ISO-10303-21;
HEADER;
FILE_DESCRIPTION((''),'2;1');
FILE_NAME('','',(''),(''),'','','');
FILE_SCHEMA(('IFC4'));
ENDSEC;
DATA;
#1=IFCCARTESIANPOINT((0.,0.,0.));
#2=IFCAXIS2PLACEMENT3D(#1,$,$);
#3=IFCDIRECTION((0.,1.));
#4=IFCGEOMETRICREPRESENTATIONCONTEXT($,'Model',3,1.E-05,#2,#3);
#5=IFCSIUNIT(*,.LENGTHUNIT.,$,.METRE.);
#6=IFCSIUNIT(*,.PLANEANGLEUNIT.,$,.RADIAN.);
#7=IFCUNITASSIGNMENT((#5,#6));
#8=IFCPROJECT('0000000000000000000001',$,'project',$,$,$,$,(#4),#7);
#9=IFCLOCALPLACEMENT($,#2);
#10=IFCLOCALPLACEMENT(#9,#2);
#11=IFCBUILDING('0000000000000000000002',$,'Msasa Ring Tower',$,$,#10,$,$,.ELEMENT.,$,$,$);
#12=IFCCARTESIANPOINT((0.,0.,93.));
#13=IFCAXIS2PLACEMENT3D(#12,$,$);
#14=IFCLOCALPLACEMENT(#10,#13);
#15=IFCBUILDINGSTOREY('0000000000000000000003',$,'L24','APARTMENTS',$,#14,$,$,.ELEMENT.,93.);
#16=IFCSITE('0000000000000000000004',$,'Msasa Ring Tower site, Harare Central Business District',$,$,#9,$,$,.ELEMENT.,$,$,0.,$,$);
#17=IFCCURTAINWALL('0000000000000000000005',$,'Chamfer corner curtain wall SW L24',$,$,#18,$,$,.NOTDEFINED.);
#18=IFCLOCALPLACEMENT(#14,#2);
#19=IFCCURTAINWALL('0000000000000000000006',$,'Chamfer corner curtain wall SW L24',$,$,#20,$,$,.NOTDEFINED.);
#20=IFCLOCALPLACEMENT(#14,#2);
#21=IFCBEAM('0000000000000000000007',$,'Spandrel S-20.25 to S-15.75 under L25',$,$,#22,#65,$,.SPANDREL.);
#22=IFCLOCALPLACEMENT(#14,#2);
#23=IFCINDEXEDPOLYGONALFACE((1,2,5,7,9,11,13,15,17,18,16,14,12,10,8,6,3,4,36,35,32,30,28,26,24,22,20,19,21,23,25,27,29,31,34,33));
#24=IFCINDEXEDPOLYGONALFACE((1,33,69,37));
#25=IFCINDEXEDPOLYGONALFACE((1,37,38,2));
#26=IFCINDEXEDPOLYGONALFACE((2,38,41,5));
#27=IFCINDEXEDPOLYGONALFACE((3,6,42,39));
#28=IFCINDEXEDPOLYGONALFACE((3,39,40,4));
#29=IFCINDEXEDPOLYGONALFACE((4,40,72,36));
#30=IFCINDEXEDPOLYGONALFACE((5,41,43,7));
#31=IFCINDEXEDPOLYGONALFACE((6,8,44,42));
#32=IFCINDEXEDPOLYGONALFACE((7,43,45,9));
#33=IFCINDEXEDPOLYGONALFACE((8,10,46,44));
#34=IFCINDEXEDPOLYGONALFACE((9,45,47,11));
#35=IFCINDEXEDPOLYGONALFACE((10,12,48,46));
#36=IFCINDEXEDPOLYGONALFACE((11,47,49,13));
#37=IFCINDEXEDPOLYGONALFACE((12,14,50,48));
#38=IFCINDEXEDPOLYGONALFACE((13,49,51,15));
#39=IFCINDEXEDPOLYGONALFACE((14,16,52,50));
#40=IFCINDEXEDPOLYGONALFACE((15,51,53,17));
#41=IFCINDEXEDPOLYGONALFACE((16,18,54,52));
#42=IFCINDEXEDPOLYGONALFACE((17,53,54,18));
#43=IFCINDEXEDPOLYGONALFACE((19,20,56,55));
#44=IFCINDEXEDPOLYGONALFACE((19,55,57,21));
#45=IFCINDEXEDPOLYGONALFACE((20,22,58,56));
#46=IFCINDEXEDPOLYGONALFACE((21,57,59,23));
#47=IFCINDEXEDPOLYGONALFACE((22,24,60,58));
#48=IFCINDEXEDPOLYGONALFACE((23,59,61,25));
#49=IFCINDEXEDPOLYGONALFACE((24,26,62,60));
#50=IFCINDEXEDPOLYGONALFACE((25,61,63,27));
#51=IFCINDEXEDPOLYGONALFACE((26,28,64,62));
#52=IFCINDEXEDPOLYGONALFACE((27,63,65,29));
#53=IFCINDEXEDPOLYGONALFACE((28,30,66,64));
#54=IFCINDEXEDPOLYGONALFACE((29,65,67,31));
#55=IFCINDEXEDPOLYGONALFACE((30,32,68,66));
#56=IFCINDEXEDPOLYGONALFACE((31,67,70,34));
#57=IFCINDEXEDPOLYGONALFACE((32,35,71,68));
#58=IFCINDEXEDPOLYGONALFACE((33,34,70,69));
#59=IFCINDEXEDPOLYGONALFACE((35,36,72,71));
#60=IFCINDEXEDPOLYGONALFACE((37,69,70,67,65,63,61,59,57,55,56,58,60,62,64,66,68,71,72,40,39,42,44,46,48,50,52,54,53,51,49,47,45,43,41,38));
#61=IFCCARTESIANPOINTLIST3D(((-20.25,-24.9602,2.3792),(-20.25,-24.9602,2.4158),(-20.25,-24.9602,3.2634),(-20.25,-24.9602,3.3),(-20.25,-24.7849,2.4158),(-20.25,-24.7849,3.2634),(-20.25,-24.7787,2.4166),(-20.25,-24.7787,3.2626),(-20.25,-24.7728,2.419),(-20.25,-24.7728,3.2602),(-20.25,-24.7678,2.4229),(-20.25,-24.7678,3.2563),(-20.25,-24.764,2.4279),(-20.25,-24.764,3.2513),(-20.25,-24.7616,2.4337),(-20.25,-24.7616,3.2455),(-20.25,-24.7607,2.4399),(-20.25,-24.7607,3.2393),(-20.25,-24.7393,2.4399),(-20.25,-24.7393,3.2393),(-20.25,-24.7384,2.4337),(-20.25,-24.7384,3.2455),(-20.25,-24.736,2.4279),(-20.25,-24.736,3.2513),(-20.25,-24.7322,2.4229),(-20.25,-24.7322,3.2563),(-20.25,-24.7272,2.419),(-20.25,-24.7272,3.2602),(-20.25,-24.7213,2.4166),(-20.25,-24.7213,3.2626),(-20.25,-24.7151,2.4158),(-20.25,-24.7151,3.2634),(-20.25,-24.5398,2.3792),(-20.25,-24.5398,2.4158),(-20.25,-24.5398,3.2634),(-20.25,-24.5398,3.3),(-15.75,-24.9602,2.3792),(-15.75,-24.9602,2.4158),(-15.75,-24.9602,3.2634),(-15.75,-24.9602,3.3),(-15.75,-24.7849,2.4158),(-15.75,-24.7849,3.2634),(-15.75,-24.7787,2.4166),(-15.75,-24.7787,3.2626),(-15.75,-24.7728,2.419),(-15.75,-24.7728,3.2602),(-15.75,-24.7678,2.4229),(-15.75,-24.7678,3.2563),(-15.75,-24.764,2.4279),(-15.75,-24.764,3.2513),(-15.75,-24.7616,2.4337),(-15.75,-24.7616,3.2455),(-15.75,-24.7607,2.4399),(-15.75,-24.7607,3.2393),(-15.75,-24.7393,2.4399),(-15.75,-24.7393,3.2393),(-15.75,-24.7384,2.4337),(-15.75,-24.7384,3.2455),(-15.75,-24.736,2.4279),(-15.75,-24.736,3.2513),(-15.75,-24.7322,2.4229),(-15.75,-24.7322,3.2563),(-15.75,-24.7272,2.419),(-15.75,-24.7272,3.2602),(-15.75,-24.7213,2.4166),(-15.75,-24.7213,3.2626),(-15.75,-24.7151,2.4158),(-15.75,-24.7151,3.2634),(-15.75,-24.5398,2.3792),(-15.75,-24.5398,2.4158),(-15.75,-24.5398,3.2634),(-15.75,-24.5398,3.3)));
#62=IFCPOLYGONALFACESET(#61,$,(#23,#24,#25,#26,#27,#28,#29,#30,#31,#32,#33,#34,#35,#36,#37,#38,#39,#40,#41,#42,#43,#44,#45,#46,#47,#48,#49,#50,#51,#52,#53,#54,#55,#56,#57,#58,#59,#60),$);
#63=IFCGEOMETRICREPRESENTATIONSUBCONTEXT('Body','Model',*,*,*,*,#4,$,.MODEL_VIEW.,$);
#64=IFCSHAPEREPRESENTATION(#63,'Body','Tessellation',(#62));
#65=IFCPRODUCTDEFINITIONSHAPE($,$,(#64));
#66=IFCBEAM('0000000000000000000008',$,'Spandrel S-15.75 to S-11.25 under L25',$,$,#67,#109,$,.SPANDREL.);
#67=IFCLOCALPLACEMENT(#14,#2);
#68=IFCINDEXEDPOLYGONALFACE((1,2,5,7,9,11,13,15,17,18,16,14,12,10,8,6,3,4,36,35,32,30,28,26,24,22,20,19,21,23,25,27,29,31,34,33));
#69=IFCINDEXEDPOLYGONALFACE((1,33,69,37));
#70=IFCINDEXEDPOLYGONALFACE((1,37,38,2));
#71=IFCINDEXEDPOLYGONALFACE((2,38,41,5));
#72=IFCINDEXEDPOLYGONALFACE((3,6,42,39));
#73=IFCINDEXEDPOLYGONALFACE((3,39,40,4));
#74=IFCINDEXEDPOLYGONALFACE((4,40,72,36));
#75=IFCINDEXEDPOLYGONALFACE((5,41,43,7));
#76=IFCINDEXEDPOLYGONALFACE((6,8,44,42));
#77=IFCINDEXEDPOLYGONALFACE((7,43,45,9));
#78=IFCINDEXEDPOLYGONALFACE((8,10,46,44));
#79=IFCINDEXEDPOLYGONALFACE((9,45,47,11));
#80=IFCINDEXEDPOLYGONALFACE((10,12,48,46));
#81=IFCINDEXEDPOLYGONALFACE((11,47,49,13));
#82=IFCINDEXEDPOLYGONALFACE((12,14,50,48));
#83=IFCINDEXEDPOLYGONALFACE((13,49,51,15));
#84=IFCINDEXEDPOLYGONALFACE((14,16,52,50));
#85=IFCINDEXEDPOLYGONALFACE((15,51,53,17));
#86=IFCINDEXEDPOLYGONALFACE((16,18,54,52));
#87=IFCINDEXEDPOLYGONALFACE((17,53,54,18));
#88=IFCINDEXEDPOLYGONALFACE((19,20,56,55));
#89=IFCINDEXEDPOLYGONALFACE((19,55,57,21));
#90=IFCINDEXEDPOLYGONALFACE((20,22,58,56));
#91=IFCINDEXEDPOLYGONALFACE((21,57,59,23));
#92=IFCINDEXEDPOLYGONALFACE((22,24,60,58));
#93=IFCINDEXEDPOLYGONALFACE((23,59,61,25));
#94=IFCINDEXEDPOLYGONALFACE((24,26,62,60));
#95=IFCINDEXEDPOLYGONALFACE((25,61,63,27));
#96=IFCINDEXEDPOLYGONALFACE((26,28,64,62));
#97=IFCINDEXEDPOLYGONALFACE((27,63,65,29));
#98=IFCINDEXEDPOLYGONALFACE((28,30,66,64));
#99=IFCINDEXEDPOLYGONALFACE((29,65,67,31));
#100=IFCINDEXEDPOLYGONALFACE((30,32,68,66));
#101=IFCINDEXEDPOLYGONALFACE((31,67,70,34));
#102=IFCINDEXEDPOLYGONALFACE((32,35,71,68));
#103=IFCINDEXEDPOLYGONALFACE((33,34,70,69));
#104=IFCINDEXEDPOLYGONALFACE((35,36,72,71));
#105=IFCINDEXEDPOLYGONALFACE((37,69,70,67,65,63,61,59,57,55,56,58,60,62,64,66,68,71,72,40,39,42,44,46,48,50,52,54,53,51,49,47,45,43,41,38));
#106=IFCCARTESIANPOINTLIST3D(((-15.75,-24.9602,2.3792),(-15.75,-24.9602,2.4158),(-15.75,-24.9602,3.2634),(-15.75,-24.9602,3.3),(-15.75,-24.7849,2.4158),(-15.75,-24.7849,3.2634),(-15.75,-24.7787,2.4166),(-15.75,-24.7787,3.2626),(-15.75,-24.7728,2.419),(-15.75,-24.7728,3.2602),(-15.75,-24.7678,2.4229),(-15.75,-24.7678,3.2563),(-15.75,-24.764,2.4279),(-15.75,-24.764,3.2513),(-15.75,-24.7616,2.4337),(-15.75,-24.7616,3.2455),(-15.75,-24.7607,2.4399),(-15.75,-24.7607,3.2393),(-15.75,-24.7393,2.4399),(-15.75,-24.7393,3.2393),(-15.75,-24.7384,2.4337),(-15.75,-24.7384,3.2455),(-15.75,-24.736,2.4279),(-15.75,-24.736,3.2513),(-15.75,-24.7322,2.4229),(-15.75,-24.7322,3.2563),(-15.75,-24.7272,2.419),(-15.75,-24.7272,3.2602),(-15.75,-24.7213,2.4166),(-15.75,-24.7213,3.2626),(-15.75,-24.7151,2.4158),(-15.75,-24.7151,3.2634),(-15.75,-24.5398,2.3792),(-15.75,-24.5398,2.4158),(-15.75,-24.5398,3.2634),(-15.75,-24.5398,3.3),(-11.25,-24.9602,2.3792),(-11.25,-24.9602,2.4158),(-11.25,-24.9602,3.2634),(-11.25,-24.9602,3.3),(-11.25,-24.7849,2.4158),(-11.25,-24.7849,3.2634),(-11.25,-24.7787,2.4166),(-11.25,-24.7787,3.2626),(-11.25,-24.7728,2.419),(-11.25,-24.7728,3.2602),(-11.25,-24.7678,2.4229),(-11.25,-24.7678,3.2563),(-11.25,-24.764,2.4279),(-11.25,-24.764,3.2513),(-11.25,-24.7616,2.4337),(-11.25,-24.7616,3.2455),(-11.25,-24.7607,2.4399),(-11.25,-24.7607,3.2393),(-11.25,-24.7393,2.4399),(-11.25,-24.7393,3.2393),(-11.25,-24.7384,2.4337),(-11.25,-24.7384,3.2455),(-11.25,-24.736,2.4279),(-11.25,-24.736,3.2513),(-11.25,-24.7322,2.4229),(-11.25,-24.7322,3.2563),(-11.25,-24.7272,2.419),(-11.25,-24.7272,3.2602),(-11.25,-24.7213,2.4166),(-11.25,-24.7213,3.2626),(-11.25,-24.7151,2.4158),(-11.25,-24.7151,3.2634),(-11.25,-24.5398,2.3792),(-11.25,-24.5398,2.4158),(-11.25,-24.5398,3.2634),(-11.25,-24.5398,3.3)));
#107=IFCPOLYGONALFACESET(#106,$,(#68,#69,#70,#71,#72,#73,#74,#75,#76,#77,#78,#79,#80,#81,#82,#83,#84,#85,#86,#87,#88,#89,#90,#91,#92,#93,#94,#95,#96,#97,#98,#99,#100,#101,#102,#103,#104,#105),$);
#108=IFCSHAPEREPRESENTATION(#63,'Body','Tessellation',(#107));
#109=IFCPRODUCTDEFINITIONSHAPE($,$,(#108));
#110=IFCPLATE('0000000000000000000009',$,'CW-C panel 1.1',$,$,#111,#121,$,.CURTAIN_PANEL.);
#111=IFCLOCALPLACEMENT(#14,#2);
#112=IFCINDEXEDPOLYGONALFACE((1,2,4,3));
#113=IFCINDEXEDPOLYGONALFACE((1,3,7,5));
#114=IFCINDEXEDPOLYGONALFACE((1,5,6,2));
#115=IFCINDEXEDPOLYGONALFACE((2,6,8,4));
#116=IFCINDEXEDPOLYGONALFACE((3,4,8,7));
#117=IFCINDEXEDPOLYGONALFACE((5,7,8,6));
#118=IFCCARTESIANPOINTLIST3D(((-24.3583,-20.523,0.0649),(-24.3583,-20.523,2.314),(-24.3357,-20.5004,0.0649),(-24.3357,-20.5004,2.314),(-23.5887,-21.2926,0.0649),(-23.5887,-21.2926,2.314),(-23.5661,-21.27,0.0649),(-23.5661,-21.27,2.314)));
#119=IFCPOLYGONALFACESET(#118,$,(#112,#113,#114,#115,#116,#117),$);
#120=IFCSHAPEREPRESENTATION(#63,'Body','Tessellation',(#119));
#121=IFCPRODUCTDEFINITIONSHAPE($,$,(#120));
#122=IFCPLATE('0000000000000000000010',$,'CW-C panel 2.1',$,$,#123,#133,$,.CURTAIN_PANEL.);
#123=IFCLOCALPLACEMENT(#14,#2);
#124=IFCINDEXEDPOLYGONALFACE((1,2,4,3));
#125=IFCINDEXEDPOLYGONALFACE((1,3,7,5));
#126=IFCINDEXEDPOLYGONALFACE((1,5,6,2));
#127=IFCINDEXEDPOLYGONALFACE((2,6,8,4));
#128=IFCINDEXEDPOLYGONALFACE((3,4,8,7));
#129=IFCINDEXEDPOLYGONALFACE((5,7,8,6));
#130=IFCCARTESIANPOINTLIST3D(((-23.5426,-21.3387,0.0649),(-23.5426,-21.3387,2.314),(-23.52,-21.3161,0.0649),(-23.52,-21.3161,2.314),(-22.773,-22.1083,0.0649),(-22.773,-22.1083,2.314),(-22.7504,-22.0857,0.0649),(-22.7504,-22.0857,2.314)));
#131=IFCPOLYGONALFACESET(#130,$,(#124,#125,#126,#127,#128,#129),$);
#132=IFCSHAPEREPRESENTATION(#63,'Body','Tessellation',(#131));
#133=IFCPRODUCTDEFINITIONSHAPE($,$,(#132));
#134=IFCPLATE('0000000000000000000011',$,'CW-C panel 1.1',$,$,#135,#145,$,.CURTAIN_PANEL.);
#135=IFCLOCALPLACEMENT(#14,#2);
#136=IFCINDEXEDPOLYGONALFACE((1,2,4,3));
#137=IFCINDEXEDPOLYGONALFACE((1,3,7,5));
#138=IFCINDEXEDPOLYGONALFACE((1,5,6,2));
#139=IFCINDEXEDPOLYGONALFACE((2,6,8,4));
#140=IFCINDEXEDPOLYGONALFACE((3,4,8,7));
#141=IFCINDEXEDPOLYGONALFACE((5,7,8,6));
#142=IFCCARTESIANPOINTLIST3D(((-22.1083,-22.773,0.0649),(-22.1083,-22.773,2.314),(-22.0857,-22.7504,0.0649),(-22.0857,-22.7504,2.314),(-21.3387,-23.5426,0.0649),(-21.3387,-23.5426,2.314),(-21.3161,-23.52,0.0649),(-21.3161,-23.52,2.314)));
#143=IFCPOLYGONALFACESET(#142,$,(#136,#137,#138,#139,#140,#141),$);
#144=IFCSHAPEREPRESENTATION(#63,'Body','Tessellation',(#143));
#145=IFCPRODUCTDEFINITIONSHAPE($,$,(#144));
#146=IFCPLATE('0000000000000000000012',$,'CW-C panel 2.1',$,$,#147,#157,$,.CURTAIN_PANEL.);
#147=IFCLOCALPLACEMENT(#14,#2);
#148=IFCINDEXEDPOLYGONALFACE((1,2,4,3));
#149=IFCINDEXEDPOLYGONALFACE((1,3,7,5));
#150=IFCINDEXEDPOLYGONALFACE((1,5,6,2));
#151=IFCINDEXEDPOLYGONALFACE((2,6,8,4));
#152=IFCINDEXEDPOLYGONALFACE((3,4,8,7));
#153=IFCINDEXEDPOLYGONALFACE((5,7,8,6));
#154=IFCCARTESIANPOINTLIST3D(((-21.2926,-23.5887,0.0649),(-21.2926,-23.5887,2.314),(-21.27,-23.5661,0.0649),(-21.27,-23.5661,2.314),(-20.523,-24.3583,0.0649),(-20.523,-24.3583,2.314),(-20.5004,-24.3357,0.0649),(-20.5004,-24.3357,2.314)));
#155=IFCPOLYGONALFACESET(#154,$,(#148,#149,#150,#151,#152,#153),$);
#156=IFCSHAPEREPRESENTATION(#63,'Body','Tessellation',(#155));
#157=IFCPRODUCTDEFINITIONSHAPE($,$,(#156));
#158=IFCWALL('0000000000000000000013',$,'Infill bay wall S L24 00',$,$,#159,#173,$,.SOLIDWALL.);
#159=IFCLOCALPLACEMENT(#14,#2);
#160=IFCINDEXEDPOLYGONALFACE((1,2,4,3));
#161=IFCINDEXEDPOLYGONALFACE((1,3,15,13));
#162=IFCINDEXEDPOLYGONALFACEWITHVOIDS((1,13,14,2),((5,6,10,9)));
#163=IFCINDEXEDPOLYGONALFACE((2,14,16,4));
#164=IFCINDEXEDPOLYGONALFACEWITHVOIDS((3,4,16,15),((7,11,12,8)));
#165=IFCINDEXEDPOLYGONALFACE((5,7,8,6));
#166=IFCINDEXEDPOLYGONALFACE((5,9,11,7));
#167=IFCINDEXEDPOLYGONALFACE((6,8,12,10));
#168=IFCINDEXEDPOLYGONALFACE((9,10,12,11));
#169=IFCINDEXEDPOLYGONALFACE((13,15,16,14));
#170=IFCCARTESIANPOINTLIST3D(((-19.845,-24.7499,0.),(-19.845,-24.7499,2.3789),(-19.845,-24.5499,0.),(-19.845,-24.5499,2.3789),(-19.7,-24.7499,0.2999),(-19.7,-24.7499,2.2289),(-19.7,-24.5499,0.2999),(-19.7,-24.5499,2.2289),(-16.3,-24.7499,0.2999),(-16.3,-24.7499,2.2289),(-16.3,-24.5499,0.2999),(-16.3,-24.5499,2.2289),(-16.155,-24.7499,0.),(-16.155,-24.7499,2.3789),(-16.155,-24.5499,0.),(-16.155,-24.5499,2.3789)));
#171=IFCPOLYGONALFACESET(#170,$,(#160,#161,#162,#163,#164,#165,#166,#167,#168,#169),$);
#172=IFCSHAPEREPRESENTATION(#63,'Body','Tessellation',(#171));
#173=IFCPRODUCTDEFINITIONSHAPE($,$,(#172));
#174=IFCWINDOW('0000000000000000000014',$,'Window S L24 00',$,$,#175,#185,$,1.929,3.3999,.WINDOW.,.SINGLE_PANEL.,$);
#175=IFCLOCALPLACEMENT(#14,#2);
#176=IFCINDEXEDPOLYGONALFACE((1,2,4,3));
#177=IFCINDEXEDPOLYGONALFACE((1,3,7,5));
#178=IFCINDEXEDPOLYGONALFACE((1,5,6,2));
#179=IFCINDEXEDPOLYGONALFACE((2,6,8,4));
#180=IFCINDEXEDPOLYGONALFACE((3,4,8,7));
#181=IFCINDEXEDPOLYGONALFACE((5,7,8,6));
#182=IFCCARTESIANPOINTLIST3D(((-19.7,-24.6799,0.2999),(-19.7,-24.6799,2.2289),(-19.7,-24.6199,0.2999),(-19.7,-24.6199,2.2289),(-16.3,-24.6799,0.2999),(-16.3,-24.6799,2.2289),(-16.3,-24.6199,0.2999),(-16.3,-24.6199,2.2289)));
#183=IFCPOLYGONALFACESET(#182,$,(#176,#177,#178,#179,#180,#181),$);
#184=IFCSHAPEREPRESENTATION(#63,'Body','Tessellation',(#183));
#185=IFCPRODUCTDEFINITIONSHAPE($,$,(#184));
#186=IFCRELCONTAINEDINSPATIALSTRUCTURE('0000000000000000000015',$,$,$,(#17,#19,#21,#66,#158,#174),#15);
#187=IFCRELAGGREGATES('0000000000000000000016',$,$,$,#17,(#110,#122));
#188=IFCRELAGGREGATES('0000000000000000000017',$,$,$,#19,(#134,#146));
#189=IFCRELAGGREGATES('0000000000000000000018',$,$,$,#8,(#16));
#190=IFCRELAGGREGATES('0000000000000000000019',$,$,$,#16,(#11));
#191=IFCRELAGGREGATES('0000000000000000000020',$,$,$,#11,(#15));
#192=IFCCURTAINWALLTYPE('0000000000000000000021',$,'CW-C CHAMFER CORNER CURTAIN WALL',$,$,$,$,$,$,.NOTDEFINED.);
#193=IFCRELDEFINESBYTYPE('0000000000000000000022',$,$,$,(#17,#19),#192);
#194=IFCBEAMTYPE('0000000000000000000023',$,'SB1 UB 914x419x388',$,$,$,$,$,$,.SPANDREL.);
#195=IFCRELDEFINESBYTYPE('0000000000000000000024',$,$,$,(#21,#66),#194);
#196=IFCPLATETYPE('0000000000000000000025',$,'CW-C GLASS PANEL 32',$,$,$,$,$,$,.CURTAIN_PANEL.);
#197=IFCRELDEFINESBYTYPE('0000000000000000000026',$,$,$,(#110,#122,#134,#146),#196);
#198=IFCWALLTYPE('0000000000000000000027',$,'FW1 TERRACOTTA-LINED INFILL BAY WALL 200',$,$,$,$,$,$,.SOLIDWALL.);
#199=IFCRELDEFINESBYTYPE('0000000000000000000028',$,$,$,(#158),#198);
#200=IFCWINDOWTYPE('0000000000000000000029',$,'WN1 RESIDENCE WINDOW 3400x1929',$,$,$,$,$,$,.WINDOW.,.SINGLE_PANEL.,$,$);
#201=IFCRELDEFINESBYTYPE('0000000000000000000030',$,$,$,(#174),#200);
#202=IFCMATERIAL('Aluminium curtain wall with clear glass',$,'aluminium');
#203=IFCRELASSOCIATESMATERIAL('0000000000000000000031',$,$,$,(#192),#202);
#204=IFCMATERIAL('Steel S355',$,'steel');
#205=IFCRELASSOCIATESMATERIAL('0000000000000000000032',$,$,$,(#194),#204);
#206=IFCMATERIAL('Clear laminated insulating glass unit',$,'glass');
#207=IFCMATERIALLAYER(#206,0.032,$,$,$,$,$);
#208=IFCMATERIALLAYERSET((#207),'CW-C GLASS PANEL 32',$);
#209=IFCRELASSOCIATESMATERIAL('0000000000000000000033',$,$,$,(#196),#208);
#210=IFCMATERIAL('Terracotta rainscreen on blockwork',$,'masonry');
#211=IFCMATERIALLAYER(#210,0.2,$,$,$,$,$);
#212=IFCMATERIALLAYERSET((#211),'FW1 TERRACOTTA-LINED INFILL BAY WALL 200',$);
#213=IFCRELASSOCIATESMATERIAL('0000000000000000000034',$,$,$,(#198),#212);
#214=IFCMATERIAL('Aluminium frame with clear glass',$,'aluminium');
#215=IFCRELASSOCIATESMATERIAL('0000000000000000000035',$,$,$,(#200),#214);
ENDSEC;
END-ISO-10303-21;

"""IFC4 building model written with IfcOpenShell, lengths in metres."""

from ifc_helpers import new_model, si_unit, direction, frame, frame_2d, origin, origin_2d, place, context, subcontext, project, spatial, rectangle, i_section, extrude, material, layer, layer_set, material_profile, profile_set, type_object, element, fill, aggregate, save


model = new_model("IFC4")

# Units and contexts
model_context = context("Model", 3, precision=1e-05, world=origin(), true_north=direction((0.0, 1.0)))
body_context = subcontext(model_context, "Body", "Model", "MODEL_VIEW")
ifc_project = project(units=[si_unit("LENGTHUNIT", "METRE"), si_unit("PLANEANGLEUNIT", "RADIAN")], contexts=[model_context])

# Site, building, storey
site_placement = place(None, origin())
site = spatial("IfcSite", under=ifc_project, at=site_placement, Name="Msasa Ring Tower site, Harare Central Business District", CompositionType="ELEMENT", RefElevation=0.0)
building_placement = place(site_placement, origin())
building = spatial("IfcBuilding", under=site, at=building_placement, Name="Msasa Ring Tower", CompositionType="ELEMENT")
storey_placement = place(building_placement, frame((0.0, 0.0, 93.0)))
storey = spatial("IfcBuildingStorey", under=building, at=storey_placement, Name="L24", Description="APARTMENTS", CompositionType="ELEMENT", Elevation=93.0)

# Curtain walls
ifc_material_1 = material(Name="Aluminium curtain wall with clear glass", Category="aluminium")
curtain_wall_type = type_object("IfcCurtainWallType", Name="CW-C CHAMFER CORNER CURTAIN WALL", PredefinedType="NOTDEFINED", material=ifc_material_1)
curtain_wall_1_placement = place(storey_placement, origin())
curtain_wall_1 = element("IfcCurtainWall", 1, at=curtain_wall_1_placement, inside=storey, type_object=curtain_wall_type, Name="Chamfer corner curtain wall SW L24", PredefinedType="NOTDEFINED")
curtain_wall_2_placement = place(storey_placement, origin())
curtain_wall_2 = element("IfcCurtainWall", 2, at=curtain_wall_2_placement, inside=storey, type_object=curtain_wall_type, Name="Chamfer corner curtain wall SW L24", PredefinedType="NOTDEFINED")

# Beams
ifc_material_2 = material(Name="Steel S355", Category="steel")
ifc_material_profile_1 = material_profile(ifc_material_2, i_section(OverallWidth=0.4204, OverallDepth=0.9209, WebThickness=0.0215, FlangeThickness=0.0366, FilletRadius=0.0242, at=origin_2d()), Name="UB 914x419x388")
ifc_profile_set_1 = profile_set([ifc_material_profile_1], Name="Steel S355")
beam_type_1 = type_object("IfcBeamType", Name="SB1 UB 914x419x388", PredefinedType="SPANDREL", material=ifc_profile_set_1)
for number, where, z_axis, x_axis, name in (
    (3, (-20.25, -24.75, 2.8396), (1.0, 0.0, 0.0), (0.0, 1.0, 0.0), "Spandrel S-20.25 to S-15.75 under L25"),
    (4, (-15.75, -24.75, 2.8396), (1.0, 0.0, 0.0), (0.0, 1.0, 0.0), "Spandrel S-15.75 to S-11.25 under L25"),
):
    element("IfcBeam", number, at=place(storey_placement, frame(where, z_axis=z_axis, x_axis=x_axis)), inside=storey, type_object=beam_type_1, Name=name, PredefinedType="SPANDREL", context=body_context, shape_type="SweptSolid", body=[
        extrude(i_section(OverallWidth=0.4204, OverallDepth=0.9209, WebThickness=0.0215, FlangeThickness=0.0366, FilletRadius=0.0242, at=origin_2d()), origin(), (0.0, 0.0, 1.0), 4.5),
    ])

# Plates
ifc_material_3 = material(Name="Clear laminated insulating glass unit", Category="glass")
ifc_layer_1 = layer(ifc_material_3, 0.032)
ifc_layer_set_1 = layer_set([ifc_layer_1], Name="CW-C GLASS PANEL 32")
plate_type = type_object("IfcPlateType", Name="CW-C GLASS PANEL 32", PredefinedType="CURTAIN_PANEL", material=ifc_layer_set_1)
plate_1_placement = place(storey_placement, frame((-23.9622, -20.8965, 0.0649), z_axis=(0.0, 0.0, 1.0), x_axis=(0.707107, -0.707107, 0.0)))
plate_1 = element("IfcPlate", 5, at=plate_1_placement, type_object=plate_type, Name="CW-C panel 1.1", PredefinedType="CURTAIN_PANEL", context=body_context, shape_type="SweptSolid", body=[
    extrude(rectangle(XDim=1.0884, YDim=0.032, at=origin_2d()), origin(), (0.0, 0.0, 1.0), 2.249),
])
plate_2_placement = place(storey_placement, frame((-23.1465, -21.7122, 0.0649), z_axis=(0.0, 0.0, 1.0), x_axis=(0.707107, -0.707107, 0.0)))
plate_2 = element("IfcPlate", 6, at=plate_2_placement, type_object=plate_type, Name="CW-C panel 2.1", PredefinedType="CURTAIN_PANEL", context=body_context, shape_type="SweptSolid", body=[
    extrude(rectangle(XDim=1.0884, YDim=0.032, at=origin_2d()), origin(), (0.0, 0.0, 1.0), 2.249),
])
aggregate(curtain_wall_1, [plate_1, plate_2])
plate_3_placement = place(storey_placement, frame((-21.7122, -23.1465, 0.0649), z_axis=(0.0, 0.0, 1.0), x_axis=(0.707107, -0.707107, 0.0)))
plate_3 = element("IfcPlate", 7, at=plate_3_placement, type_object=plate_type, Name="CW-C panel 1.1", PredefinedType="CURTAIN_PANEL", context=body_context, shape_type="SweptSolid", body=[
    extrude(rectangle(XDim=1.0884, YDim=0.032, at=origin_2d()), origin(), (0.0, 0.0, 1.0), 2.249),
])
plate_4_placement = place(storey_placement, frame((-20.8965, -23.9622, 0.0649), z_axis=(0.0, 0.0, 1.0), x_axis=(0.707107, -0.707107, 0.0)))
plate_4 = element("IfcPlate", 8, at=plate_4_placement, type_object=plate_type, Name="CW-C panel 2.1", PredefinedType="CURTAIN_PANEL", context=body_context, shape_type="SweptSolid", body=[
    extrude(rectangle(XDim=1.0884, YDim=0.032, at=origin_2d()), origin(), (0.0, 0.0, 1.0), 2.249),
])
aggregate(curtain_wall_2, [plate_3, plate_4])

# Wall, opening, window
ifc_material_4 = material(Name="Terracotta rainscreen on blockwork", Category="masonry")
ifc_layer_2 = layer(ifc_material_4, 0.2)
ifc_layer_set_2 = layer_set([ifc_layer_2], Name="FW1 TERRACOTTA-LINED INFILL BAY WALL 200")
wall_type_1 = type_object("IfcWallType", Name="FW1 TERRACOTTA-LINED INFILL BAY WALL 200", PredefinedType="SOLIDWALL", material=ifc_layer_set_2)
wall_1_placement = place(storey_placement, frame((-19.845, -24.6499, 0.0), z_axis=(0.0, 0.0, 1.0), x_axis=(1.0, 0.0, 0.0)))
wall_1 = element("IfcWall", 9, at=wall_1_placement, inside=storey, type_object=wall_type_1, Name="Infill bay wall S L24 00", PredefinedType="SOLIDWALL", context=body_context, shape_type="SweptSolid", body=[
    extrude(rectangle(XDim=3.6899, YDim=0.2, at=frame_2d((1.845, 0.0))), origin(), (0.0, 0.0, 1.0), 2.3789),
])
opening_1_placement = place(wall_1_placement, frame((0.145, 0.0, 0.3)))
opening_1 = element("IfcOpeningElement", 10, at=opening_1_placement, cuts=wall_1, PredefinedType="OPENING", context=body_context, shape_type="SweptSolid", body=[
    extrude(rectangle(XDim=3.3999, YDim=1.929, at=frame_2d((1.7, 0.9644))), frame((0.0, 0.1099, 0.0), z_axis=(0.0, -1.0, 0.0), x_axis=(1.0, 0.0, 0.0)), (0.0, 0.0, 1.0), 0.22),
])
ifc_material_5 = material(Name="Aluminium frame with clear glass", Category="aluminium")
window_type = type_object("IfcWindowType", Name="WN1 RESIDENCE WINDOW 3400x1929", PartitioningType="SINGLE_PANEL", PredefinedType="WINDOW", material=ifc_material_5)
window_1_placement = place(opening_1_placement, origin())
window_1 = element("IfcWindow", 11, at=window_1_placement, inside=storey, type_object=window_type, Name="Window S L24 00", OverallHeight=1.929, OverallWidth=3.3999, PartitioningType="SINGLE_PANEL", PredefinedType="WINDOW", context=body_context, shape_type="SweptSolid", body=[
    extrude(rectangle(XDim=3.3999, YDim=1.929, at=frame_2d((1.7, 0.9644))), frame((0.0, 0.03, 0.0), z_axis=(0.0, -1.0, 0.0), x_axis=(1.0, 0.0, 0.0)), (0.0, 0.0, 1.0), 0.0601),
])
fill(opening_1, window_1)

save(model, "model.ifc")
